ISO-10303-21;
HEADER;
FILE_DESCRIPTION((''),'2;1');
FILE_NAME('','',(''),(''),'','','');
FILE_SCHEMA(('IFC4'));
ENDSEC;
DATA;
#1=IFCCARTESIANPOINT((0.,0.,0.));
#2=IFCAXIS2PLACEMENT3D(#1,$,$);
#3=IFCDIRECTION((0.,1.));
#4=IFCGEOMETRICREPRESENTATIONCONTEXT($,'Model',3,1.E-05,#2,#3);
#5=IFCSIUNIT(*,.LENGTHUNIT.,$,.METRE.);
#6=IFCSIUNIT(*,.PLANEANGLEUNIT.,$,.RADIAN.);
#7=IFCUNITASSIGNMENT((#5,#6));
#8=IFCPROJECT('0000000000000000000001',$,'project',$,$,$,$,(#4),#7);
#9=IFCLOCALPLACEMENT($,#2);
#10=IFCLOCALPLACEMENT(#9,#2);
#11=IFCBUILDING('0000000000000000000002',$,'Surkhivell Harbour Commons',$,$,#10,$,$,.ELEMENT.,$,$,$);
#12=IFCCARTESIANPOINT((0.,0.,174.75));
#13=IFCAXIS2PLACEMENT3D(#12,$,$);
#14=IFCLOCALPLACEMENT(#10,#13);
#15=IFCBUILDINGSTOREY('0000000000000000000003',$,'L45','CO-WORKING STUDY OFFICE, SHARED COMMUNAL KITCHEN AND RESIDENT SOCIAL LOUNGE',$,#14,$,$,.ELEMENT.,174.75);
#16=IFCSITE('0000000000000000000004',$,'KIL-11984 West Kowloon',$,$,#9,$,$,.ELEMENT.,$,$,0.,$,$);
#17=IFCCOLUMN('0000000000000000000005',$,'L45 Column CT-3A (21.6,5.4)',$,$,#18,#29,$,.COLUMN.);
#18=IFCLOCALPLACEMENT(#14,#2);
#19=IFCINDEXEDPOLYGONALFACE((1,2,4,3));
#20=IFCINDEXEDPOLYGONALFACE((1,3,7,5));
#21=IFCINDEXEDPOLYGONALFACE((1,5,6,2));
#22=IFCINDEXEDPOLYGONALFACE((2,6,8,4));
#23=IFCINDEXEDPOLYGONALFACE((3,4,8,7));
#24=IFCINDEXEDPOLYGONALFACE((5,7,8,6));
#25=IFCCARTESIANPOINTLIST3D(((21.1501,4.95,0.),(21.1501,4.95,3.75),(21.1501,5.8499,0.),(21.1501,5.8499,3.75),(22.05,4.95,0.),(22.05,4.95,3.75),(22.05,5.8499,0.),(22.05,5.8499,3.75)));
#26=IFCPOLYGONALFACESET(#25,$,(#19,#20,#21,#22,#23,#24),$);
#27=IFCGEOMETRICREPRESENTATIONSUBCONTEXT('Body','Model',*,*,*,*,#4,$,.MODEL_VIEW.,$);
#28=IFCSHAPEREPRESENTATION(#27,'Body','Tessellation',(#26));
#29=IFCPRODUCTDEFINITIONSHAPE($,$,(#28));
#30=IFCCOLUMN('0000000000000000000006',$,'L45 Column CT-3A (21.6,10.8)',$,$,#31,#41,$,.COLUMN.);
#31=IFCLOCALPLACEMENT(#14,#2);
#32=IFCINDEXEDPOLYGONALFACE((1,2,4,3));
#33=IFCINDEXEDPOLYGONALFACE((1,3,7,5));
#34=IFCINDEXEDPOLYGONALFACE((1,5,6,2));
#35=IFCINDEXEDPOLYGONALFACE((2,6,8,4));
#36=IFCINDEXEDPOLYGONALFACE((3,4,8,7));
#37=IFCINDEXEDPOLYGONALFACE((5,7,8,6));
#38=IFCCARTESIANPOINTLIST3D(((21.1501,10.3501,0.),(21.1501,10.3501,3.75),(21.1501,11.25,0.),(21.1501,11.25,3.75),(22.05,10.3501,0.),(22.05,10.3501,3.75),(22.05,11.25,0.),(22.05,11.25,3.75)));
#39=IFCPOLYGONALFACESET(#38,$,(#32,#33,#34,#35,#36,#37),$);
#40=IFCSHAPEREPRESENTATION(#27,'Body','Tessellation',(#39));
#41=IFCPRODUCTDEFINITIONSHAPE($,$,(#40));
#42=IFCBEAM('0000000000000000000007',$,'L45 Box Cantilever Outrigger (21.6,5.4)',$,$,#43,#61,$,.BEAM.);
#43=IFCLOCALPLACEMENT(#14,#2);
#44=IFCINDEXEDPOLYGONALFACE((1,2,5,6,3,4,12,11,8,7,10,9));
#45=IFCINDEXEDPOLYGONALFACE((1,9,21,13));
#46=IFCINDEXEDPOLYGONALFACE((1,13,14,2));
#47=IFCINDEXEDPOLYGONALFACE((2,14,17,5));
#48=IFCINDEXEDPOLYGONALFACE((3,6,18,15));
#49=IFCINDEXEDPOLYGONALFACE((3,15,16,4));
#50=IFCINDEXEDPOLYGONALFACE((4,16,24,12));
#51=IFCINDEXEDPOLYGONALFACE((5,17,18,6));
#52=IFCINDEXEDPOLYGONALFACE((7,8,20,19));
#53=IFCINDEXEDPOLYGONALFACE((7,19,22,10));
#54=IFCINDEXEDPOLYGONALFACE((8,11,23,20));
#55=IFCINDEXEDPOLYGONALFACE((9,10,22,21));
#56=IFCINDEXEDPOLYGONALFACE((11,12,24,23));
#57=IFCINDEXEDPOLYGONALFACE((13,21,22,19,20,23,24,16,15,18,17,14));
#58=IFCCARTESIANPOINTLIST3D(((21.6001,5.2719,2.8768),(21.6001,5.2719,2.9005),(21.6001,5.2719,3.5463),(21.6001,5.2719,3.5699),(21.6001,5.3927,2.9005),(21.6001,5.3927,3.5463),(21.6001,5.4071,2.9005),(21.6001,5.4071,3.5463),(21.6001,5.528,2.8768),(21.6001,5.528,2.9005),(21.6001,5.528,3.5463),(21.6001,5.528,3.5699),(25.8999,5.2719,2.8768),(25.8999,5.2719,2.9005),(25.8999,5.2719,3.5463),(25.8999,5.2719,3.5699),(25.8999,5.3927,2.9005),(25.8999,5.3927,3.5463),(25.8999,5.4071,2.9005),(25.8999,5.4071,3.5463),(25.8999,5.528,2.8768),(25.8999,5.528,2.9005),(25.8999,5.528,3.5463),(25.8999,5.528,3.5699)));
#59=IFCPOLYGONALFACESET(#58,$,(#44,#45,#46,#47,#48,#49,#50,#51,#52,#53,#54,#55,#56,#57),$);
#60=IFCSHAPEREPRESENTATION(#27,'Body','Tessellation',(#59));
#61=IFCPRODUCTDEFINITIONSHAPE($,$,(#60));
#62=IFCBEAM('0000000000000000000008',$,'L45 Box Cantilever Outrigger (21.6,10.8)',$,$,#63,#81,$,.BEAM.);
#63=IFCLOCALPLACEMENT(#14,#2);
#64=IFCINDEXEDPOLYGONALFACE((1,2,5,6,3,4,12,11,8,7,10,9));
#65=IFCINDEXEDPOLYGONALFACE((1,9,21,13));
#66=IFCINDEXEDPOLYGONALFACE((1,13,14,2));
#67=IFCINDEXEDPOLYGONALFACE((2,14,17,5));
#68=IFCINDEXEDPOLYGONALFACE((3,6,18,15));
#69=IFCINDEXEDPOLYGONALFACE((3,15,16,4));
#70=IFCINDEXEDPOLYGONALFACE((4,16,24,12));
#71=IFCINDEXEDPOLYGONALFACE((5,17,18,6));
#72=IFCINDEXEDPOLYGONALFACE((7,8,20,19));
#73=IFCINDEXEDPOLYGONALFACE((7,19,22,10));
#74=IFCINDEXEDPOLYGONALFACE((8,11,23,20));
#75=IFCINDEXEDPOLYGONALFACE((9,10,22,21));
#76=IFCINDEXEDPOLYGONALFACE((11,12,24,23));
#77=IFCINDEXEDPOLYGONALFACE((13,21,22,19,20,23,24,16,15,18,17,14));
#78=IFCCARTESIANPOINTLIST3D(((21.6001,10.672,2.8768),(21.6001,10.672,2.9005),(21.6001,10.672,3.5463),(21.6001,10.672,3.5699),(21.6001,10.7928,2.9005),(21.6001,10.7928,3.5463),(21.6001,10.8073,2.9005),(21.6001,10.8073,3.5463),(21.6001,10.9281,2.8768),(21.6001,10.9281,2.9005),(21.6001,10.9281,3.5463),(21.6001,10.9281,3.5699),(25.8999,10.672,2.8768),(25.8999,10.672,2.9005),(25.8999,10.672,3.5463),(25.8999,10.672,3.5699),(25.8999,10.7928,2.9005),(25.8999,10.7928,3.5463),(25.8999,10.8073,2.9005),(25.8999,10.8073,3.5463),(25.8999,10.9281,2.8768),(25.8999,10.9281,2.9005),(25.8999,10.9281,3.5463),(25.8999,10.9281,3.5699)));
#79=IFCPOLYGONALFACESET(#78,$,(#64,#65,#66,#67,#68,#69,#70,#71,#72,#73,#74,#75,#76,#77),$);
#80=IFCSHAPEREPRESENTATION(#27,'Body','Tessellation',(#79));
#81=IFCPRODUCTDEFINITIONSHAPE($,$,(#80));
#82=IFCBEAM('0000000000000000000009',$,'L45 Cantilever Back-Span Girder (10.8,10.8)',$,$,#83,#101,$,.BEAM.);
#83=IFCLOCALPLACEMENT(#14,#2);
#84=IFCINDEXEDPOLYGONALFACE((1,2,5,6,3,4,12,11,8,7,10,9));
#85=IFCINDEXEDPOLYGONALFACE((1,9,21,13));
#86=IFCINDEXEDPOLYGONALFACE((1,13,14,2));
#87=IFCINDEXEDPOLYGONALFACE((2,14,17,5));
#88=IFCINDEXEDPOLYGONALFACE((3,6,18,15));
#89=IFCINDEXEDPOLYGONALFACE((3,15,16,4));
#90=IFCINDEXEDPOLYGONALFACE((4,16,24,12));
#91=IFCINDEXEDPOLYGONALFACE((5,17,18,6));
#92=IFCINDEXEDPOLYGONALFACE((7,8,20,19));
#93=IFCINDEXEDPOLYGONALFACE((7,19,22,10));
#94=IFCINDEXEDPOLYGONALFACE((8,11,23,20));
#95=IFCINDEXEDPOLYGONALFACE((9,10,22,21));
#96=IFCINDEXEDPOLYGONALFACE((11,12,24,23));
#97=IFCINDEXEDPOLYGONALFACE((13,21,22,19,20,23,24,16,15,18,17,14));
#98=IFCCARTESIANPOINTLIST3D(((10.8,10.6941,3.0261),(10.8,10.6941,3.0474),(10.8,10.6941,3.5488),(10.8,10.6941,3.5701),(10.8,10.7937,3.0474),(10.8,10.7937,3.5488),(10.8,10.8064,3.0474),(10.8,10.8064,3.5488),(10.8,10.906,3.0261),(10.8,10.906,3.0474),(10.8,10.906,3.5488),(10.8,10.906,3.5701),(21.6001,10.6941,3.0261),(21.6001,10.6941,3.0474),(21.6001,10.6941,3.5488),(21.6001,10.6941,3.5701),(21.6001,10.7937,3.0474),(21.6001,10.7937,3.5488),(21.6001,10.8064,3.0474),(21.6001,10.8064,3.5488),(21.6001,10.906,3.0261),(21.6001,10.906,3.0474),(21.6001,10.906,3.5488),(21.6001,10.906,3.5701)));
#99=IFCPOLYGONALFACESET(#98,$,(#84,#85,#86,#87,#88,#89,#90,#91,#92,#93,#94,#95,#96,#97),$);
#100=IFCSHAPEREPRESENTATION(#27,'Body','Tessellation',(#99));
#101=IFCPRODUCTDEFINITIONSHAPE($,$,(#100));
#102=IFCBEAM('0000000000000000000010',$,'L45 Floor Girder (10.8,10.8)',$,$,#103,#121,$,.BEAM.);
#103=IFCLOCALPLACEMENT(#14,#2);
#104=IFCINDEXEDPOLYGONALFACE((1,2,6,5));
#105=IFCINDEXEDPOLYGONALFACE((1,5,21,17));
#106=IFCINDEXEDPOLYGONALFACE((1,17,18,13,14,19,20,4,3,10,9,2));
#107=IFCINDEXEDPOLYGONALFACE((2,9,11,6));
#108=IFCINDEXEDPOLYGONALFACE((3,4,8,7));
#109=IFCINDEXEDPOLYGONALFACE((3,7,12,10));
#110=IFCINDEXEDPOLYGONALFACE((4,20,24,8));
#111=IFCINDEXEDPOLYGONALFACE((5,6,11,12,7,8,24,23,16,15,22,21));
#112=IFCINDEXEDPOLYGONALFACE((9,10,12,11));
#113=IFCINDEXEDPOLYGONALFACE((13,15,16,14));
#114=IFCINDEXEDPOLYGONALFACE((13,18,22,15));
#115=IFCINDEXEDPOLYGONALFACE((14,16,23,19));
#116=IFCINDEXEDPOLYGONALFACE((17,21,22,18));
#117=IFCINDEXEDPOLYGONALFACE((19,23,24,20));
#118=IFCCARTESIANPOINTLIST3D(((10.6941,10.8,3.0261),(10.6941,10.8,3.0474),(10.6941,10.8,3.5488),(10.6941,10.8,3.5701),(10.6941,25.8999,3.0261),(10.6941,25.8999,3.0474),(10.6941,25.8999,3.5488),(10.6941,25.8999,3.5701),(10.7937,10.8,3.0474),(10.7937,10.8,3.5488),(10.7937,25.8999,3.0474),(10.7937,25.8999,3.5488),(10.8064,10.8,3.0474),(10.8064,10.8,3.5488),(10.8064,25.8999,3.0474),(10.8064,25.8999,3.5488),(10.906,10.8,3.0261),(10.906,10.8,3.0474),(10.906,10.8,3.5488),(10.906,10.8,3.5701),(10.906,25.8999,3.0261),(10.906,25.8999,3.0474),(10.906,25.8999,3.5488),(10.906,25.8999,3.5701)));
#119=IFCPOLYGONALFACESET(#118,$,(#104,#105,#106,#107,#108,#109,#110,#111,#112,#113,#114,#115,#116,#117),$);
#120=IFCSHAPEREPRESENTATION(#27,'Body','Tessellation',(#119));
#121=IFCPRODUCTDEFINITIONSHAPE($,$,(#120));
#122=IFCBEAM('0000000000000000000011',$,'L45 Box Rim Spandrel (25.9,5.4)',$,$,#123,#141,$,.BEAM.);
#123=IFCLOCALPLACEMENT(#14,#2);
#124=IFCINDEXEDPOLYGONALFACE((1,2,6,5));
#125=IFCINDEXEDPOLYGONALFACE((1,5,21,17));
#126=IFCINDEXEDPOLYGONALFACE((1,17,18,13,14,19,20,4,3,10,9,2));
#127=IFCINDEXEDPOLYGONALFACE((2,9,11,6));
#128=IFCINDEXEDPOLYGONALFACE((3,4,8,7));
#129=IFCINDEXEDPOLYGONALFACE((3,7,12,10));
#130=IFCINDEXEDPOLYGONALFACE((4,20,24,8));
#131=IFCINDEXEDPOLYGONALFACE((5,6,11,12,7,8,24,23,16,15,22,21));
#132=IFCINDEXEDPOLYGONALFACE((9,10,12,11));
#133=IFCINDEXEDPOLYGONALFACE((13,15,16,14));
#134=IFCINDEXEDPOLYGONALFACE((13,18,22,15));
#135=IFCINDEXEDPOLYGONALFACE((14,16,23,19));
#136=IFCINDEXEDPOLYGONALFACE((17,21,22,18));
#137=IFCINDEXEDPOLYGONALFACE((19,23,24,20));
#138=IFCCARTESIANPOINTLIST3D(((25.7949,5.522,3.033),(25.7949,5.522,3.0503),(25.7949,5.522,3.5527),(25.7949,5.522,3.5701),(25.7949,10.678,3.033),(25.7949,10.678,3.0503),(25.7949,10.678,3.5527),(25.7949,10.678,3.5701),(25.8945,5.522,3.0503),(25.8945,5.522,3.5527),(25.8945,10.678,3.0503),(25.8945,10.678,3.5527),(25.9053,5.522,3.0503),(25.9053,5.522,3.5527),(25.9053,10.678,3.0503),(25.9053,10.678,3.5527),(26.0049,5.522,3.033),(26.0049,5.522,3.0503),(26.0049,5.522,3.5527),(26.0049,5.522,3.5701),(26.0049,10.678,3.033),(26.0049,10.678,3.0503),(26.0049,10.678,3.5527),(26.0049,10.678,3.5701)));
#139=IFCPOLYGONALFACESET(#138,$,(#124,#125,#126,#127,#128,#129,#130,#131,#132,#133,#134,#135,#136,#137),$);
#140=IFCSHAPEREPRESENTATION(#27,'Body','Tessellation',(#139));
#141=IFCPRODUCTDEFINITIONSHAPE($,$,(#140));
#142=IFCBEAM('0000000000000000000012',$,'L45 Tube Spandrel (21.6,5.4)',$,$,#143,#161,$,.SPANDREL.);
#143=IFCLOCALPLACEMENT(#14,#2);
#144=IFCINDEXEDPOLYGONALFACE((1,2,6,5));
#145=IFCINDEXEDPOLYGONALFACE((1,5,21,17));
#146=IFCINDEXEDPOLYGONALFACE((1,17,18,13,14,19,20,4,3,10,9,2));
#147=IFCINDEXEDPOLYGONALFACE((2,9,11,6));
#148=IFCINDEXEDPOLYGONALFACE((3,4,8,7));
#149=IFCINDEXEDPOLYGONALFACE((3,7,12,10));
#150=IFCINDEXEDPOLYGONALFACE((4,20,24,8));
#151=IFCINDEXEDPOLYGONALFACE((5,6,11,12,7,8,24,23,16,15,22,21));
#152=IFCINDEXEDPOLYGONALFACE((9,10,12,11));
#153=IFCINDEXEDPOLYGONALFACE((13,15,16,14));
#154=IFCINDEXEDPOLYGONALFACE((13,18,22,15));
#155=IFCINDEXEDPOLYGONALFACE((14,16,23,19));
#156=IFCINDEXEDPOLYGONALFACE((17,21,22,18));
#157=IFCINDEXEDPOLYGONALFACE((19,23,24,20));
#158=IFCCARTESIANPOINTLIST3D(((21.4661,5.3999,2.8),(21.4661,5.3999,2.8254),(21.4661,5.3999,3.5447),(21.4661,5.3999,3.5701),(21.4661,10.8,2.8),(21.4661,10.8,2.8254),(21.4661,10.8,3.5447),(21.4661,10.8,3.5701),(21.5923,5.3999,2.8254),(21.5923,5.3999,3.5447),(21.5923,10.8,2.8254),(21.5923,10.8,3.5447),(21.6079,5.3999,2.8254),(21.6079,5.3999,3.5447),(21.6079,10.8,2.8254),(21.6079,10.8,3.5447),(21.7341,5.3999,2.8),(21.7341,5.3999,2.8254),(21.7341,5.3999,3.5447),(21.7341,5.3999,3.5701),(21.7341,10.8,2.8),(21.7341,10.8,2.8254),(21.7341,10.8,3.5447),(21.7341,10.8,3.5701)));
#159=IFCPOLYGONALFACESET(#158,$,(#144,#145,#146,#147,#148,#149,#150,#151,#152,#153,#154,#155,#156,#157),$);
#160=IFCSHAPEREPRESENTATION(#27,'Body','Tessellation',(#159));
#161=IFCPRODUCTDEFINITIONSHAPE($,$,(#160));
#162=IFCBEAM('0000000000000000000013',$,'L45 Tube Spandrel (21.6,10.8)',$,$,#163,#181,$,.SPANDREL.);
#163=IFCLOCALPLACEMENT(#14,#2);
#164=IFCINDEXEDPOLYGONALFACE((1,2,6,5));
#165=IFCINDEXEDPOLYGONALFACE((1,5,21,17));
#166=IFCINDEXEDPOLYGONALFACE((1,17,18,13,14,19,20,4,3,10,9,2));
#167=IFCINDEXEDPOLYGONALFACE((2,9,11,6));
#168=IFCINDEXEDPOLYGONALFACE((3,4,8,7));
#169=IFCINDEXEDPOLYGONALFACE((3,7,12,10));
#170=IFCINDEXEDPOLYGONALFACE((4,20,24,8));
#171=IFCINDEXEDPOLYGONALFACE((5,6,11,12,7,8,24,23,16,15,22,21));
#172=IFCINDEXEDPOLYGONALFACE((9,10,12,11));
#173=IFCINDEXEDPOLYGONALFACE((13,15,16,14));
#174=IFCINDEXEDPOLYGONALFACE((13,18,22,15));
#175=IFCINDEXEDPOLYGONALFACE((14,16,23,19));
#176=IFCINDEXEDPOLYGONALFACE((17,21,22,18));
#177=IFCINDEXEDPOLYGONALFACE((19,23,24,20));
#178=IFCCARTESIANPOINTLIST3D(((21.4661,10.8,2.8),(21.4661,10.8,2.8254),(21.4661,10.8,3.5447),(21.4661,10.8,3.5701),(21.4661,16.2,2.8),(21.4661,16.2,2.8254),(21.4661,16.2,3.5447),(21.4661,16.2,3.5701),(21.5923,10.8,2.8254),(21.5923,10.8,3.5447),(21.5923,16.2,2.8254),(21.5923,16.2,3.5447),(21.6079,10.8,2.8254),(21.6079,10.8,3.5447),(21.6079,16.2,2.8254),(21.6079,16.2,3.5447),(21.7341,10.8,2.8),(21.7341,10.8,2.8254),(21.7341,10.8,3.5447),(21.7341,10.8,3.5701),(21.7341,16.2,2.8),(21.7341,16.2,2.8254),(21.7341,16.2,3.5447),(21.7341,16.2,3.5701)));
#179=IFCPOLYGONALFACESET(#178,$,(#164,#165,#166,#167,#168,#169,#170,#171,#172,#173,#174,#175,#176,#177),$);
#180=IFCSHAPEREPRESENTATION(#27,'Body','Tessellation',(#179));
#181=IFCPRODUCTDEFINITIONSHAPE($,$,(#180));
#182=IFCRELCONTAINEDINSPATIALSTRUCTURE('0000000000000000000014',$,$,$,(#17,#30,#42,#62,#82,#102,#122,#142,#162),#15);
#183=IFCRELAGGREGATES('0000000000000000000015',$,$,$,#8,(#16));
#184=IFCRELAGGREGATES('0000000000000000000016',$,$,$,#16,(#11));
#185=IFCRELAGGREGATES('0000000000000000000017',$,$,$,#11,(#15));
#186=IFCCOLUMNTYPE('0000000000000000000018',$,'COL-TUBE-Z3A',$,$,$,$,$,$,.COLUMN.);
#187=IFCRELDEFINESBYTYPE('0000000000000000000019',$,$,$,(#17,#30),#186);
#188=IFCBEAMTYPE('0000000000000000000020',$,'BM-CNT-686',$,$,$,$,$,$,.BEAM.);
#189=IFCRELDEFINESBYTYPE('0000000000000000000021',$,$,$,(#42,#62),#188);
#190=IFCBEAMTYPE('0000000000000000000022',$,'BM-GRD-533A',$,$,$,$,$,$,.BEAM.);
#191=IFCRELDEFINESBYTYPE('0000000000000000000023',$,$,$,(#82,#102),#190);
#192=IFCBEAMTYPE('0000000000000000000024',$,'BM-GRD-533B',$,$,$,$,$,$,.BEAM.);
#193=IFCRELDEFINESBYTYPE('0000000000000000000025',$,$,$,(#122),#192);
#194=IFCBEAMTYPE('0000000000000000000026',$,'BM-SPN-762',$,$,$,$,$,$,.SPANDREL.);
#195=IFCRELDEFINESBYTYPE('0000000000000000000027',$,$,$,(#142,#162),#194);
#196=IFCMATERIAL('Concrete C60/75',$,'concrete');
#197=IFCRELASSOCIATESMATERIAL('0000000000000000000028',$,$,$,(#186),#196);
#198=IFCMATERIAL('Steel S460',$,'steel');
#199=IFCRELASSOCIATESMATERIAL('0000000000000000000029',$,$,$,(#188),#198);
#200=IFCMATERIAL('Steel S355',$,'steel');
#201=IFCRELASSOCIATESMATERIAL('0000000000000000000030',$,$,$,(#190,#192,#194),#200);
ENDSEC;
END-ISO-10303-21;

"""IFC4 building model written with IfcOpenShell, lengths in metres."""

from ifc_helpers import new_model, si_unit, direction, frame, origin, origin_2d, place, context, subcontext, project, spatial, rectangle, i_section, extrude, material, material_profile, profile_set, type_object, element, save


model = new_model("IFC4")

# Units and contexts
model_context = context("Model", 3, precision=1e-05, world=origin(), true_north=direction((0.0, 1.0)))
body_context = subcontext(model_context, "Body", "Model", "MODEL_VIEW")
ifc_project = project(units=[si_unit("LENGTHUNIT", "METRE"), si_unit("PLANEANGLEUNIT", "RADIAN")], contexts=[model_context])

# Site, building, storey
site_placement = place(None, origin())
site = spatial("IfcSite", under=ifc_project, at=site_placement, Name="KIL-11984 West Kowloon", CompositionType="ELEMENT", RefElevation=0.0)
building_placement = place(site_placement, origin())
building = spatial("IfcBuilding", under=site, at=building_placement, Name="Surkhivell Harbour Commons", CompositionType="ELEMENT")
storey_placement = place(building_placement, frame((0.0, 0.0, 174.75)))
storey = spatial("IfcBuildingStorey", under=building, at=storey_placement, Name="L45", Description="CO-WORKING STUDY OFFICE, SHARED COMMUNAL KITCHEN AND RESIDENT SOCIAL LOUNGE", CompositionType="ELEMENT", Elevation=174.75)

# Columns
ifc_material_1 = material(Name="Concrete C60/75", Category="concrete")
ifc_material_profile_1 = material_profile(ifc_material_1, rectangle(XDim=0.8999, YDim=0.8999, at=origin_2d()), Name="RC-COL-900x900")
ifc_profile_set_1 = profile_set([ifc_material_profile_1], Name="Concrete C60/75")
column_type = type_object("IfcColumnType", Name="COL-TUBE-Z3A", PredefinedType="COLUMN", material=ifc_profile_set_1)
for number, where, z_axis, x_axis, name in (
    (1, (21.6001, 5.3999, 0.0), (0.0, 0.0, 1.0), (1.0, 0.0, 0.0), "L45 Column CT-3A (21.6,5.4)"),
    (2, (21.6001, 10.8, 0.0), (0.0, 0.0, 1.0), (1.0, 0.0, 0.0), "L45 Column CT-3A (21.6,10.8)"),
):
    element("IfcColumn", number, at=place(storey_placement, frame(where, z_axis=z_axis, x_axis=x_axis)), inside=storey, type_object=column_type, Name=name, PredefinedType="COLUMN", context=body_context, shape_type="SweptSolid", body=[
        extrude(rectangle(XDim=0.8999, YDim=0.8999, at=origin_2d()), origin(), (0.0, 0.0, 1.0), 3.75),
    ])

# Beams
ifc_material_2 = material(Name="Steel S460", Category="steel")
ifc_material_profile_2 = material_profile(ifc_material_2, i_section(OverallWidth=0.2561, OverallDepth=0.6931, WebThickness=0.0144, FlangeThickness=0.0237, at=origin_2d()), Name="UB686x254x170")
ifc_profile_set_2 = profile_set([ifc_material_profile_2], Name="Steel S460")
beam_type_1 = type_object("IfcBeamType", Name="BM-CNT-686", PredefinedType="BEAM", material=ifc_profile_set_2)
for number, where, z_axis, x_axis, name in (
    (3, (21.6001, 5.3999, 3.2234), (1.0, 0.0, 0.0), (0.0, 1.0, 0.0), "L45 Box Cantilever Outrigger (21.6,5.4)"),
    (4, (21.6001, 10.8, 3.2234), (1.0, 0.0, 0.0), (0.0, 1.0, 0.0), "L45 Box Cantilever Outrigger (21.6,10.8)"),
):
    element("IfcBeam", number, at=place(storey_placement, frame(where, z_axis=z_axis, x_axis=x_axis)), inside=storey, type_object=beam_type_1, Name=name, PredefinedType="BEAM", context=body_context, shape_type="SweptSolid", body=[
        extrude(i_section(OverallWidth=0.2561, OverallDepth=0.6931, WebThickness=0.0144, FlangeThickness=0.0237, at=origin_2d()), origin(), (0.0, 0.0, 1.0), 4.2998),
    ])
ifc_material_3 = material(Name="Steel S355", Category="steel")
ifc_material_profile_3 = material_profile(ifc_material_3, i_section(OverallWidth=0.2119, OverallDepth=0.5439, WebThickness=0.0127, FlangeThickness=0.0212, at=origin_2d()), Name="UB533x210x122")
ifc_profile_set_3 = profile_set([ifc_material_profile_3], Name="Steel S355")
beam_type_2 = type_object("IfcBeamType", Name="BM-GRD-533A", PredefinedType="BEAM", material=ifc_profile_set_3)
beam_1_placement = place(storey_placement, frame((10.8, 10.8, 3.2981), z_axis=(1.0, 0.0, 0.0), x_axis=(0.0, 1.0, 0.0)))
element("IfcBeam", 5, at=beam_1_placement, inside=storey, type_object=beam_type_2, Name="L45 Cantilever Back-Span Girder (10.8,10.8)", PredefinedType="BEAM", context=body_context, shape_type="SweptSolid", body=[
    extrude(i_section(OverallWidth=0.2119, OverallDepth=0.5439, WebThickness=0.0127, FlangeThickness=0.0212, at=origin_2d()), origin(), (0.0, 0.0, 1.0), 10.8),
])
beam_2_placement = place(storey_placement, frame((10.8, 10.8, 3.2981), z_axis=(0.0, 1.0, 0.0), x_axis=(-1.0, 0.0, 0.0)))
element("IfcBeam", 6, at=beam_2_placement, inside=storey, type_object=beam_type_2, Name="L45 Floor Girder (10.8,10.8)", PredefinedType="BEAM", context=body_context, shape_type="SweptSolid", body=[
    extrude(i_section(OverallWidth=0.2119, OverallDepth=0.5439, WebThickness=0.0127, FlangeThickness=0.0212, at=origin_2d()), origin(), (0.0, 0.0, 1.0), 15.0999),
])
ifc_material_profile_4 = material_profile(ifc_material_3, i_section(OverallWidth=0.21, OverallDepth=0.5371, WebThickness=0.0107, FlangeThickness=0.0173, at=origin_2d()), Name="UB533x210x101")
ifc_profile_set_4 = profile_set([ifc_material_profile_4], Name="Steel S355")
beam_type_3 = type_object("IfcBeamType", Name="BM-GRD-533B", PredefinedType="BEAM", material=ifc_profile_set_4)
beam_3_placement = place(storey_placement, frame((25.8999, 5.522, 3.3015), z_axis=(0.0, 1.0, 0.0), x_axis=(-1.0, 0.0, 0.0)))
element("IfcBeam", 7, at=beam_3_placement, inside=storey, type_object=beam_type_3, Name="L45 Box Rim Spandrel (25.9,5.4)", PredefinedType="BEAM", context=body_context, shape_type="SweptSolid", body=[
    extrude(i_section(OverallWidth=0.21, OverallDepth=0.5371, WebThickness=0.0107, FlangeThickness=0.0173, at=origin_2d()), origin(), (0.0, 0.0, 1.0), 5.156),
])
ifc_material_profile_5 = material_profile(ifc_material_3, i_section(OverallWidth=0.2681, OverallDepth=0.77, WebThickness=0.0156, FlangeThickness=0.0254, at=origin_2d()), Name="UB762x267x197")
ifc_profile_set_5 = profile_set([ifc_material_profile_5], Name="Steel S355")
beam_type_4 = type_object("IfcBeamType", Name="BM-SPN-762", PredefinedType="SPANDREL", material=ifc_profile_set_5)
beam_4_placement = place(storey_placement, frame((21.6001, 5.3999, 3.1851), z_axis=(0.0, 1.0, 0.0), x_axis=(-1.0, 0.0, 0.0)))
element("IfcBeam", 8, at=beam_4_placement, inside=storey, type_object=beam_type_4, Name="L45 Tube Spandrel (21.6,5.4)", PredefinedType="SPANDREL", context=body_context, shape_type="SweptSolid", body=[
    extrude(i_section(OverallWidth=0.2681, OverallDepth=0.77, WebThickness=0.0156, FlangeThickness=0.0254, at=origin_2d()), origin(), (0.0, 0.0, 1.0), 5.4001),
])
beam_5_placement = place(storey_placement, frame((21.6001, 10.8, 3.1851), z_axis=(0.0, 1.0, 0.0), x_axis=(-1.0, 0.0, 0.0)))
element("IfcBeam", 9, at=beam_5_placement, inside=storey, type_object=beam_type_4, Name="L45 Tube Spandrel (21.6,10.8)", PredefinedType="SPANDREL", context=body_context, shape_type="SweptSolid", body=[
    extrude(i_section(OverallWidth=0.2681, OverallDepth=0.77, WebThickness=0.0156, FlangeThickness=0.0254, at=origin_2d()), origin(), (0.0, 0.0, 1.0), 5.3999),
])

save(model, "model.ifc")
